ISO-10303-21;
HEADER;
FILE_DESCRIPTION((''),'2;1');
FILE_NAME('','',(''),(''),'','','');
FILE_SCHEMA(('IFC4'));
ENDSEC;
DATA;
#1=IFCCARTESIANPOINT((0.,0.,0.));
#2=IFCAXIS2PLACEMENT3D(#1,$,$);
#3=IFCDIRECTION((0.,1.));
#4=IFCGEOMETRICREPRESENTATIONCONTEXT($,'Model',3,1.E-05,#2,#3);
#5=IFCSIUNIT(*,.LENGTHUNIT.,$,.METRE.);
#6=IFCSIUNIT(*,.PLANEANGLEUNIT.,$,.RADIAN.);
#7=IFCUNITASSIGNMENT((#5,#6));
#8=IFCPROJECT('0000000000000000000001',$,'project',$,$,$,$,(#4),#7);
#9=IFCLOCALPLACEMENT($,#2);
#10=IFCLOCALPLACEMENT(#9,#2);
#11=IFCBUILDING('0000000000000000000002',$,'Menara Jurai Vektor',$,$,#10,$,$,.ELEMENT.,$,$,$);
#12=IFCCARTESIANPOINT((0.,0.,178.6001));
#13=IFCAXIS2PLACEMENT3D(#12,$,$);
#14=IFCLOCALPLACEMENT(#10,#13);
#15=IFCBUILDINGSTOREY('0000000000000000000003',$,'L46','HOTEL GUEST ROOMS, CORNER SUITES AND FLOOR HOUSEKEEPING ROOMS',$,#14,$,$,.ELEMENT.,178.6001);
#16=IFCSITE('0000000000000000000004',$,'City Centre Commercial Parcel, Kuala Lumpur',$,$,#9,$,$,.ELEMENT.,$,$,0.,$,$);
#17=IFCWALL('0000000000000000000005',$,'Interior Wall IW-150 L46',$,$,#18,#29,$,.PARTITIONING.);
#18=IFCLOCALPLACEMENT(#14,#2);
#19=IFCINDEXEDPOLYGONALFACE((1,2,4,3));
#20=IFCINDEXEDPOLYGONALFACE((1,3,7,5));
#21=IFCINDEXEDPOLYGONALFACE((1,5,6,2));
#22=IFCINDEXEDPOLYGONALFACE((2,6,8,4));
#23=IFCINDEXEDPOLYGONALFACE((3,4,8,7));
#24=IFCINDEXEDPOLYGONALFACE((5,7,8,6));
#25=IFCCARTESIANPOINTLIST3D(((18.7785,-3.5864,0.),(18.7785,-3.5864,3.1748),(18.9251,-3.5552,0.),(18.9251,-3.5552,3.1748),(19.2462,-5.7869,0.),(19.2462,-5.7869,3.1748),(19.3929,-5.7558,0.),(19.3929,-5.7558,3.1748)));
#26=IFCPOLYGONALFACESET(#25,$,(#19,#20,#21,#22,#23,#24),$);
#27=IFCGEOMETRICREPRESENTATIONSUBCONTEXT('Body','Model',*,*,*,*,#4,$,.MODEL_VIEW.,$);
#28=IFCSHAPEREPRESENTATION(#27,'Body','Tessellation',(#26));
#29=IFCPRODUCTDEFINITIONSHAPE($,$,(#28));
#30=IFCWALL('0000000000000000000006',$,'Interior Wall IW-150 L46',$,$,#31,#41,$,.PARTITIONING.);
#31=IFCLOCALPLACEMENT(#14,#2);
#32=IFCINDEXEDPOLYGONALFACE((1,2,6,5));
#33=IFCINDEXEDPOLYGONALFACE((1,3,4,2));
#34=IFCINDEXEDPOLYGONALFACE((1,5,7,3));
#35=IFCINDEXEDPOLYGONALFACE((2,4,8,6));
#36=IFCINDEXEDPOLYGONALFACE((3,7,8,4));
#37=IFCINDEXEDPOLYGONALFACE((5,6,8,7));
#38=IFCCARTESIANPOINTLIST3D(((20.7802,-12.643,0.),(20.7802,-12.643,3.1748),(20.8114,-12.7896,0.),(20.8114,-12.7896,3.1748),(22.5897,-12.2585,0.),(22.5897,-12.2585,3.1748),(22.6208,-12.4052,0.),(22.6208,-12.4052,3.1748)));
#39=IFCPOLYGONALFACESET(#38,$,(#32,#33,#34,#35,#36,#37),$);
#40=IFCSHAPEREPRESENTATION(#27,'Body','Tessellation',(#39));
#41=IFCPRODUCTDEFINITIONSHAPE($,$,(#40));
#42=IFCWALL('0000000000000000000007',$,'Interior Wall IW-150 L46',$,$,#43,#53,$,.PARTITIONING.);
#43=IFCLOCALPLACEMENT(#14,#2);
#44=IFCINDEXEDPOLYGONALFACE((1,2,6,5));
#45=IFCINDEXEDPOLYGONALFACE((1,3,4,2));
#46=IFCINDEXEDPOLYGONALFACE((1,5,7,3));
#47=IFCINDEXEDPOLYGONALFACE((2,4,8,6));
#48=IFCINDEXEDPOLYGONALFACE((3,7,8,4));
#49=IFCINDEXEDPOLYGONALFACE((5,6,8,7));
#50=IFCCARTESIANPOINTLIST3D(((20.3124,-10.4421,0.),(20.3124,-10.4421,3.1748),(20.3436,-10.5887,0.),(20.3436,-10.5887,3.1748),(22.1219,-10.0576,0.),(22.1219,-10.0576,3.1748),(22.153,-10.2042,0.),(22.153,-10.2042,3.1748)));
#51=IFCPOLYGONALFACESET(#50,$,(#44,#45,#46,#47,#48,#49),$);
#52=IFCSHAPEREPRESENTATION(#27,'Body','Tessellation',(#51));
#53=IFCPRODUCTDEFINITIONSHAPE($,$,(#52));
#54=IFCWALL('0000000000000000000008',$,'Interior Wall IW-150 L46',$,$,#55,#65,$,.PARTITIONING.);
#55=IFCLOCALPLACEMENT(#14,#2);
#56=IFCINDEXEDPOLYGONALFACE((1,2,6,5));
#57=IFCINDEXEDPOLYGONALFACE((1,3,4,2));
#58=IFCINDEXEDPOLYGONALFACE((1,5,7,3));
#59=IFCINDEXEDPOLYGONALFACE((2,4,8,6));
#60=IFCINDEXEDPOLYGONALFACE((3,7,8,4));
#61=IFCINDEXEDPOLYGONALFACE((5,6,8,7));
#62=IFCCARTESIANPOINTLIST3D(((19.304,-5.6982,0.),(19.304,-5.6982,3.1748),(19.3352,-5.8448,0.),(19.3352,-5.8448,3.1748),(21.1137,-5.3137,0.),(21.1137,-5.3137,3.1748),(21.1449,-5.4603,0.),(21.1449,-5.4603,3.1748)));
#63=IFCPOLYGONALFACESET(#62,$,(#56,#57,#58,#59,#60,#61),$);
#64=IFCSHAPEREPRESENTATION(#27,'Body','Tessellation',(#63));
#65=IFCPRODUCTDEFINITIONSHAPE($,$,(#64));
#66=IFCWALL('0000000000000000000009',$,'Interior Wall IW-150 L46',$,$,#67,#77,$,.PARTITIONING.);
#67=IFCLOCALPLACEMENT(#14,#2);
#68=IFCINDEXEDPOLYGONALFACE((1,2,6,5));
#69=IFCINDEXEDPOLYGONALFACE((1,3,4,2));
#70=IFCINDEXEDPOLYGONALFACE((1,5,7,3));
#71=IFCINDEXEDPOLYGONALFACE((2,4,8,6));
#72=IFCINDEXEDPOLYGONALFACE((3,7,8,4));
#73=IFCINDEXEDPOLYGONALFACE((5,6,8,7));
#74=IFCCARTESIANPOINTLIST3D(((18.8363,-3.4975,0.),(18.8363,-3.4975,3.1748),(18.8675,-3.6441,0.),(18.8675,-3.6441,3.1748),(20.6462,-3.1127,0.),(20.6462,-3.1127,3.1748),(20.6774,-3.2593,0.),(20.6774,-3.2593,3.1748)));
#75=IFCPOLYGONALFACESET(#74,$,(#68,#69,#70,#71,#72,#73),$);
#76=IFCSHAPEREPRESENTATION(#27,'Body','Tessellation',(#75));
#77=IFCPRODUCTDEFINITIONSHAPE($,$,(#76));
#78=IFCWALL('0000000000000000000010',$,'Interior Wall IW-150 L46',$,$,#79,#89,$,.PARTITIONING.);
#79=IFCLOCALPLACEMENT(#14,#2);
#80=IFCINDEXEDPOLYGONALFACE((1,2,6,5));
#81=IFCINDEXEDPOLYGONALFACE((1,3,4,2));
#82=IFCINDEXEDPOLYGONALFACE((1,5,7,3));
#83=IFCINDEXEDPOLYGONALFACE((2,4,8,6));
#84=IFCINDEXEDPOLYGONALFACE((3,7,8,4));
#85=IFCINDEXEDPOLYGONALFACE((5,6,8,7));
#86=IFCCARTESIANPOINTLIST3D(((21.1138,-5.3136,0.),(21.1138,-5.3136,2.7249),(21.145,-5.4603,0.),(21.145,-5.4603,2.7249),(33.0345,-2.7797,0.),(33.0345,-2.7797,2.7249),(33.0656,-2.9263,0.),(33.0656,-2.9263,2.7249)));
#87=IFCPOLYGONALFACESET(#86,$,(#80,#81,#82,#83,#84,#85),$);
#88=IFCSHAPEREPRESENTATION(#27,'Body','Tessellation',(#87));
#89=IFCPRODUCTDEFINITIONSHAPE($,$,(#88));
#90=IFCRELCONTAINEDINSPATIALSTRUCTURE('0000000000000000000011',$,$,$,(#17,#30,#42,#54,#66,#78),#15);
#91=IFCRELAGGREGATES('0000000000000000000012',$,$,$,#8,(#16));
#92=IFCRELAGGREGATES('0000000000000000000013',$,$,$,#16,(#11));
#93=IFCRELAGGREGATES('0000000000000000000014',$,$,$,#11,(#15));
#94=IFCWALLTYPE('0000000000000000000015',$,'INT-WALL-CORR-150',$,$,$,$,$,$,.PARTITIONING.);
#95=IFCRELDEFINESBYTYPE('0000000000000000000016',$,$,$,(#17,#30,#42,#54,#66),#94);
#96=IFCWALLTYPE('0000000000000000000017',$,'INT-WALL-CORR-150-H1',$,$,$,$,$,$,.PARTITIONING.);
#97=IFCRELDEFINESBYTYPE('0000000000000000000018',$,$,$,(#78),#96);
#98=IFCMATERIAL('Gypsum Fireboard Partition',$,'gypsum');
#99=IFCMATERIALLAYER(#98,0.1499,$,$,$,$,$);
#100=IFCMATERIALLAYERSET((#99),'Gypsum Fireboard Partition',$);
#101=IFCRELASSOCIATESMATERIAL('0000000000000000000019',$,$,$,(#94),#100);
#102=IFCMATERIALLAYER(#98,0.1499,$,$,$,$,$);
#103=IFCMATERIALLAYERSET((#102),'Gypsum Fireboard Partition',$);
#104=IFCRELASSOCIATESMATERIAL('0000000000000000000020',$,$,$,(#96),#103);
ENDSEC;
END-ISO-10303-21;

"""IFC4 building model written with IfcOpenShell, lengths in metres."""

from ifc_helpers import new_model, si_unit, direction, frame, frame_2d, origin, place, context, subcontext, project, spatial, rectangle, extrude, material, layer, layer_set, type_object, element, save


model = new_model("IFC4")

# Units and contexts
model_context = context("Model", 3, precision=1e-05, world=origin(), true_north=direction((0.0, 1.0)))
body_context = subcontext(model_context, "Body", "Model", "MODEL_VIEW")
ifc_project = project(units=[si_unit("LENGTHUNIT", "METRE"), si_unit("PLANEANGLEUNIT", "RADIAN")], contexts=[model_context])

# Site, building, storey
site_placement = place(None, origin())
site = spatial("IfcSite", under=ifc_project, at=site_placement, Name="City Centre Commercial Parcel, Kuala Lumpur", CompositionType="ELEMENT", RefElevation=0.0)
building_placement = place(site_placement, origin())
building = spatial("IfcBuilding", under=site, at=building_placement, Name="Menara Jurai Vektor", CompositionType="ELEMENT")
storey_placement = place(building_placement, frame((0.0, 0.0, 178.6001)))
storey = spatial("IfcBuildingStorey", under=building, at=storey_placement, Name="L46", Description="HOTEL GUEST ROOMS, CORNER SUITES AND FLOOR HOUSEKEEPING ROOMS", CompositionType="ELEMENT", Elevation=178.6001)

# Shared definitions
ifc_material_1 = material(Name="Gypsum Fireboard Partition", Category="gypsum")
ifc_layer_1 = layer(ifc_material_1, 0.1499)
ifc_layer_set_1 = layer_set([ifc_layer_1], Name="Gypsum Fireboard Partition")
wall_type_1 = type_object("IfcWallType", Name="INT-WALL-CORR-150", PredefinedType="PARTITIONING", material=ifc_layer_set_1)

# Walls
wall_1_placement = place(storey_placement, frame((19.3196, -5.7715, 0.0), z_axis=(0.0, 0.0, 1.0), x_axis=(-0.207913, 0.978147, 0.0)))
element("IfcWall", 1, at=wall_1_placement, inside=storey, type_object=wall_type_1, Name="Interior Wall IW-150 L46", PredefinedType="PARTITIONING", context=body_context, shape_type="SweptSolid", body=[
    extrude(rectangle(XDim=2.2498, YDim=0.1499, at=frame_2d((1.125, 0.0))), origin(), (0.0, 0.0, 1.0), 3.1748),
])
for number, where, z_axis, x_axis, name in (
    (2, (20.7959, -12.7163, 0.0), (0.0, 0.0, 1.0), (0.97816, 0.207852, 0.0), "Interior Wall IW-150 L46"),
    (3, (20.3281, -10.5154, 0.0), (0.0, 0.0, 1.0), (0.97816, 0.207852, 0.0), "Interior Wall IW-150 L46"),
):
    element("IfcWall", number, at=place(storey_placement, frame(where, z_axis=z_axis, x_axis=x_axis)), inside=storey, type_object=wall_type_1, Name=name, PredefinedType="PARTITIONING", context=body_context, shape_type="SweptSolid", body=[
        extrude(rectangle(XDim=1.8499, YDim=0.1499, at=frame_2d((0.9248, 0.0))), origin(), (0.0, 0.0, 1.0), 3.1748),
    ])

# Walls
wall_2_placement = place(storey_placement, frame((19.3196, -5.7715, 0.0), z_axis=(0.0, 0.0, 1.0), x_axis=(0.978166, 0.207826, 0.0)))
element("IfcWall", 4, at=wall_2_placement, inside=storey, type_object=wall_type_1, Name="Interior Wall IW-150 L46", PredefinedType="PARTITIONING", context=body_context, shape_type="SweptSolid", body=[
    extrude(rectangle(XDim=1.8501, YDim=0.1499, at=frame_2d((0.925, 0.0))), origin(), (0.0, 0.0, 1.0), 3.1748),
])
wall_3_placement = place(storey_placement, frame((18.8518, -3.5708, 0.0), z_axis=(0.0, 0.0, 1.0), x_axis=(0.978139, 0.207952, 0.0)))
element("IfcWall", 5, at=wall_3_placement, inside=storey, type_object=wall_type_1, Name="Interior Wall IW-150 L46", PredefinedType="PARTITIONING", context=body_context, shape_type="SweptSolid", body=[
    extrude(rectangle(XDim=1.8503, YDim=0.1499, at=frame_2d((0.9253, 0.0))), origin(), (0.0, 0.0, 1.0), 3.1748),
])

# Shared definitions
ifc_layer_2 = layer(ifc_material_1, 0.1499)
ifc_layer_set_2 = layer_set([ifc_layer_2], Name="Gypsum Fireboard Partition")
wall_type_2 = type_object("IfcWallType", Name="INT-WALL-CORR-150-H1", PredefinedType="PARTITIONING", material=ifc_layer_set_2)

# Wall
wall_4_placement = place(storey_placement, frame((21.1294, -5.387, 0.0), z_axis=(0.0, 0.0, 1.0), x_axis=(0.978146, 0.207921, 0.0)))
element("IfcWall", 6, at=wall_4_placement, inside=storey, type_object=wall_type_2, Name="Interior Wall IW-150 L46", PredefinedType="PARTITIONING", context=body_context, shape_type="SweptSolid", body=[
    extrude(rectangle(XDim=12.187, YDim=0.1499, at=frame_2d((6.0935, 0.0))), origin(), (0.0, 0.0, 1.0), 2.7249),
])

save(model, "model.ifc")
